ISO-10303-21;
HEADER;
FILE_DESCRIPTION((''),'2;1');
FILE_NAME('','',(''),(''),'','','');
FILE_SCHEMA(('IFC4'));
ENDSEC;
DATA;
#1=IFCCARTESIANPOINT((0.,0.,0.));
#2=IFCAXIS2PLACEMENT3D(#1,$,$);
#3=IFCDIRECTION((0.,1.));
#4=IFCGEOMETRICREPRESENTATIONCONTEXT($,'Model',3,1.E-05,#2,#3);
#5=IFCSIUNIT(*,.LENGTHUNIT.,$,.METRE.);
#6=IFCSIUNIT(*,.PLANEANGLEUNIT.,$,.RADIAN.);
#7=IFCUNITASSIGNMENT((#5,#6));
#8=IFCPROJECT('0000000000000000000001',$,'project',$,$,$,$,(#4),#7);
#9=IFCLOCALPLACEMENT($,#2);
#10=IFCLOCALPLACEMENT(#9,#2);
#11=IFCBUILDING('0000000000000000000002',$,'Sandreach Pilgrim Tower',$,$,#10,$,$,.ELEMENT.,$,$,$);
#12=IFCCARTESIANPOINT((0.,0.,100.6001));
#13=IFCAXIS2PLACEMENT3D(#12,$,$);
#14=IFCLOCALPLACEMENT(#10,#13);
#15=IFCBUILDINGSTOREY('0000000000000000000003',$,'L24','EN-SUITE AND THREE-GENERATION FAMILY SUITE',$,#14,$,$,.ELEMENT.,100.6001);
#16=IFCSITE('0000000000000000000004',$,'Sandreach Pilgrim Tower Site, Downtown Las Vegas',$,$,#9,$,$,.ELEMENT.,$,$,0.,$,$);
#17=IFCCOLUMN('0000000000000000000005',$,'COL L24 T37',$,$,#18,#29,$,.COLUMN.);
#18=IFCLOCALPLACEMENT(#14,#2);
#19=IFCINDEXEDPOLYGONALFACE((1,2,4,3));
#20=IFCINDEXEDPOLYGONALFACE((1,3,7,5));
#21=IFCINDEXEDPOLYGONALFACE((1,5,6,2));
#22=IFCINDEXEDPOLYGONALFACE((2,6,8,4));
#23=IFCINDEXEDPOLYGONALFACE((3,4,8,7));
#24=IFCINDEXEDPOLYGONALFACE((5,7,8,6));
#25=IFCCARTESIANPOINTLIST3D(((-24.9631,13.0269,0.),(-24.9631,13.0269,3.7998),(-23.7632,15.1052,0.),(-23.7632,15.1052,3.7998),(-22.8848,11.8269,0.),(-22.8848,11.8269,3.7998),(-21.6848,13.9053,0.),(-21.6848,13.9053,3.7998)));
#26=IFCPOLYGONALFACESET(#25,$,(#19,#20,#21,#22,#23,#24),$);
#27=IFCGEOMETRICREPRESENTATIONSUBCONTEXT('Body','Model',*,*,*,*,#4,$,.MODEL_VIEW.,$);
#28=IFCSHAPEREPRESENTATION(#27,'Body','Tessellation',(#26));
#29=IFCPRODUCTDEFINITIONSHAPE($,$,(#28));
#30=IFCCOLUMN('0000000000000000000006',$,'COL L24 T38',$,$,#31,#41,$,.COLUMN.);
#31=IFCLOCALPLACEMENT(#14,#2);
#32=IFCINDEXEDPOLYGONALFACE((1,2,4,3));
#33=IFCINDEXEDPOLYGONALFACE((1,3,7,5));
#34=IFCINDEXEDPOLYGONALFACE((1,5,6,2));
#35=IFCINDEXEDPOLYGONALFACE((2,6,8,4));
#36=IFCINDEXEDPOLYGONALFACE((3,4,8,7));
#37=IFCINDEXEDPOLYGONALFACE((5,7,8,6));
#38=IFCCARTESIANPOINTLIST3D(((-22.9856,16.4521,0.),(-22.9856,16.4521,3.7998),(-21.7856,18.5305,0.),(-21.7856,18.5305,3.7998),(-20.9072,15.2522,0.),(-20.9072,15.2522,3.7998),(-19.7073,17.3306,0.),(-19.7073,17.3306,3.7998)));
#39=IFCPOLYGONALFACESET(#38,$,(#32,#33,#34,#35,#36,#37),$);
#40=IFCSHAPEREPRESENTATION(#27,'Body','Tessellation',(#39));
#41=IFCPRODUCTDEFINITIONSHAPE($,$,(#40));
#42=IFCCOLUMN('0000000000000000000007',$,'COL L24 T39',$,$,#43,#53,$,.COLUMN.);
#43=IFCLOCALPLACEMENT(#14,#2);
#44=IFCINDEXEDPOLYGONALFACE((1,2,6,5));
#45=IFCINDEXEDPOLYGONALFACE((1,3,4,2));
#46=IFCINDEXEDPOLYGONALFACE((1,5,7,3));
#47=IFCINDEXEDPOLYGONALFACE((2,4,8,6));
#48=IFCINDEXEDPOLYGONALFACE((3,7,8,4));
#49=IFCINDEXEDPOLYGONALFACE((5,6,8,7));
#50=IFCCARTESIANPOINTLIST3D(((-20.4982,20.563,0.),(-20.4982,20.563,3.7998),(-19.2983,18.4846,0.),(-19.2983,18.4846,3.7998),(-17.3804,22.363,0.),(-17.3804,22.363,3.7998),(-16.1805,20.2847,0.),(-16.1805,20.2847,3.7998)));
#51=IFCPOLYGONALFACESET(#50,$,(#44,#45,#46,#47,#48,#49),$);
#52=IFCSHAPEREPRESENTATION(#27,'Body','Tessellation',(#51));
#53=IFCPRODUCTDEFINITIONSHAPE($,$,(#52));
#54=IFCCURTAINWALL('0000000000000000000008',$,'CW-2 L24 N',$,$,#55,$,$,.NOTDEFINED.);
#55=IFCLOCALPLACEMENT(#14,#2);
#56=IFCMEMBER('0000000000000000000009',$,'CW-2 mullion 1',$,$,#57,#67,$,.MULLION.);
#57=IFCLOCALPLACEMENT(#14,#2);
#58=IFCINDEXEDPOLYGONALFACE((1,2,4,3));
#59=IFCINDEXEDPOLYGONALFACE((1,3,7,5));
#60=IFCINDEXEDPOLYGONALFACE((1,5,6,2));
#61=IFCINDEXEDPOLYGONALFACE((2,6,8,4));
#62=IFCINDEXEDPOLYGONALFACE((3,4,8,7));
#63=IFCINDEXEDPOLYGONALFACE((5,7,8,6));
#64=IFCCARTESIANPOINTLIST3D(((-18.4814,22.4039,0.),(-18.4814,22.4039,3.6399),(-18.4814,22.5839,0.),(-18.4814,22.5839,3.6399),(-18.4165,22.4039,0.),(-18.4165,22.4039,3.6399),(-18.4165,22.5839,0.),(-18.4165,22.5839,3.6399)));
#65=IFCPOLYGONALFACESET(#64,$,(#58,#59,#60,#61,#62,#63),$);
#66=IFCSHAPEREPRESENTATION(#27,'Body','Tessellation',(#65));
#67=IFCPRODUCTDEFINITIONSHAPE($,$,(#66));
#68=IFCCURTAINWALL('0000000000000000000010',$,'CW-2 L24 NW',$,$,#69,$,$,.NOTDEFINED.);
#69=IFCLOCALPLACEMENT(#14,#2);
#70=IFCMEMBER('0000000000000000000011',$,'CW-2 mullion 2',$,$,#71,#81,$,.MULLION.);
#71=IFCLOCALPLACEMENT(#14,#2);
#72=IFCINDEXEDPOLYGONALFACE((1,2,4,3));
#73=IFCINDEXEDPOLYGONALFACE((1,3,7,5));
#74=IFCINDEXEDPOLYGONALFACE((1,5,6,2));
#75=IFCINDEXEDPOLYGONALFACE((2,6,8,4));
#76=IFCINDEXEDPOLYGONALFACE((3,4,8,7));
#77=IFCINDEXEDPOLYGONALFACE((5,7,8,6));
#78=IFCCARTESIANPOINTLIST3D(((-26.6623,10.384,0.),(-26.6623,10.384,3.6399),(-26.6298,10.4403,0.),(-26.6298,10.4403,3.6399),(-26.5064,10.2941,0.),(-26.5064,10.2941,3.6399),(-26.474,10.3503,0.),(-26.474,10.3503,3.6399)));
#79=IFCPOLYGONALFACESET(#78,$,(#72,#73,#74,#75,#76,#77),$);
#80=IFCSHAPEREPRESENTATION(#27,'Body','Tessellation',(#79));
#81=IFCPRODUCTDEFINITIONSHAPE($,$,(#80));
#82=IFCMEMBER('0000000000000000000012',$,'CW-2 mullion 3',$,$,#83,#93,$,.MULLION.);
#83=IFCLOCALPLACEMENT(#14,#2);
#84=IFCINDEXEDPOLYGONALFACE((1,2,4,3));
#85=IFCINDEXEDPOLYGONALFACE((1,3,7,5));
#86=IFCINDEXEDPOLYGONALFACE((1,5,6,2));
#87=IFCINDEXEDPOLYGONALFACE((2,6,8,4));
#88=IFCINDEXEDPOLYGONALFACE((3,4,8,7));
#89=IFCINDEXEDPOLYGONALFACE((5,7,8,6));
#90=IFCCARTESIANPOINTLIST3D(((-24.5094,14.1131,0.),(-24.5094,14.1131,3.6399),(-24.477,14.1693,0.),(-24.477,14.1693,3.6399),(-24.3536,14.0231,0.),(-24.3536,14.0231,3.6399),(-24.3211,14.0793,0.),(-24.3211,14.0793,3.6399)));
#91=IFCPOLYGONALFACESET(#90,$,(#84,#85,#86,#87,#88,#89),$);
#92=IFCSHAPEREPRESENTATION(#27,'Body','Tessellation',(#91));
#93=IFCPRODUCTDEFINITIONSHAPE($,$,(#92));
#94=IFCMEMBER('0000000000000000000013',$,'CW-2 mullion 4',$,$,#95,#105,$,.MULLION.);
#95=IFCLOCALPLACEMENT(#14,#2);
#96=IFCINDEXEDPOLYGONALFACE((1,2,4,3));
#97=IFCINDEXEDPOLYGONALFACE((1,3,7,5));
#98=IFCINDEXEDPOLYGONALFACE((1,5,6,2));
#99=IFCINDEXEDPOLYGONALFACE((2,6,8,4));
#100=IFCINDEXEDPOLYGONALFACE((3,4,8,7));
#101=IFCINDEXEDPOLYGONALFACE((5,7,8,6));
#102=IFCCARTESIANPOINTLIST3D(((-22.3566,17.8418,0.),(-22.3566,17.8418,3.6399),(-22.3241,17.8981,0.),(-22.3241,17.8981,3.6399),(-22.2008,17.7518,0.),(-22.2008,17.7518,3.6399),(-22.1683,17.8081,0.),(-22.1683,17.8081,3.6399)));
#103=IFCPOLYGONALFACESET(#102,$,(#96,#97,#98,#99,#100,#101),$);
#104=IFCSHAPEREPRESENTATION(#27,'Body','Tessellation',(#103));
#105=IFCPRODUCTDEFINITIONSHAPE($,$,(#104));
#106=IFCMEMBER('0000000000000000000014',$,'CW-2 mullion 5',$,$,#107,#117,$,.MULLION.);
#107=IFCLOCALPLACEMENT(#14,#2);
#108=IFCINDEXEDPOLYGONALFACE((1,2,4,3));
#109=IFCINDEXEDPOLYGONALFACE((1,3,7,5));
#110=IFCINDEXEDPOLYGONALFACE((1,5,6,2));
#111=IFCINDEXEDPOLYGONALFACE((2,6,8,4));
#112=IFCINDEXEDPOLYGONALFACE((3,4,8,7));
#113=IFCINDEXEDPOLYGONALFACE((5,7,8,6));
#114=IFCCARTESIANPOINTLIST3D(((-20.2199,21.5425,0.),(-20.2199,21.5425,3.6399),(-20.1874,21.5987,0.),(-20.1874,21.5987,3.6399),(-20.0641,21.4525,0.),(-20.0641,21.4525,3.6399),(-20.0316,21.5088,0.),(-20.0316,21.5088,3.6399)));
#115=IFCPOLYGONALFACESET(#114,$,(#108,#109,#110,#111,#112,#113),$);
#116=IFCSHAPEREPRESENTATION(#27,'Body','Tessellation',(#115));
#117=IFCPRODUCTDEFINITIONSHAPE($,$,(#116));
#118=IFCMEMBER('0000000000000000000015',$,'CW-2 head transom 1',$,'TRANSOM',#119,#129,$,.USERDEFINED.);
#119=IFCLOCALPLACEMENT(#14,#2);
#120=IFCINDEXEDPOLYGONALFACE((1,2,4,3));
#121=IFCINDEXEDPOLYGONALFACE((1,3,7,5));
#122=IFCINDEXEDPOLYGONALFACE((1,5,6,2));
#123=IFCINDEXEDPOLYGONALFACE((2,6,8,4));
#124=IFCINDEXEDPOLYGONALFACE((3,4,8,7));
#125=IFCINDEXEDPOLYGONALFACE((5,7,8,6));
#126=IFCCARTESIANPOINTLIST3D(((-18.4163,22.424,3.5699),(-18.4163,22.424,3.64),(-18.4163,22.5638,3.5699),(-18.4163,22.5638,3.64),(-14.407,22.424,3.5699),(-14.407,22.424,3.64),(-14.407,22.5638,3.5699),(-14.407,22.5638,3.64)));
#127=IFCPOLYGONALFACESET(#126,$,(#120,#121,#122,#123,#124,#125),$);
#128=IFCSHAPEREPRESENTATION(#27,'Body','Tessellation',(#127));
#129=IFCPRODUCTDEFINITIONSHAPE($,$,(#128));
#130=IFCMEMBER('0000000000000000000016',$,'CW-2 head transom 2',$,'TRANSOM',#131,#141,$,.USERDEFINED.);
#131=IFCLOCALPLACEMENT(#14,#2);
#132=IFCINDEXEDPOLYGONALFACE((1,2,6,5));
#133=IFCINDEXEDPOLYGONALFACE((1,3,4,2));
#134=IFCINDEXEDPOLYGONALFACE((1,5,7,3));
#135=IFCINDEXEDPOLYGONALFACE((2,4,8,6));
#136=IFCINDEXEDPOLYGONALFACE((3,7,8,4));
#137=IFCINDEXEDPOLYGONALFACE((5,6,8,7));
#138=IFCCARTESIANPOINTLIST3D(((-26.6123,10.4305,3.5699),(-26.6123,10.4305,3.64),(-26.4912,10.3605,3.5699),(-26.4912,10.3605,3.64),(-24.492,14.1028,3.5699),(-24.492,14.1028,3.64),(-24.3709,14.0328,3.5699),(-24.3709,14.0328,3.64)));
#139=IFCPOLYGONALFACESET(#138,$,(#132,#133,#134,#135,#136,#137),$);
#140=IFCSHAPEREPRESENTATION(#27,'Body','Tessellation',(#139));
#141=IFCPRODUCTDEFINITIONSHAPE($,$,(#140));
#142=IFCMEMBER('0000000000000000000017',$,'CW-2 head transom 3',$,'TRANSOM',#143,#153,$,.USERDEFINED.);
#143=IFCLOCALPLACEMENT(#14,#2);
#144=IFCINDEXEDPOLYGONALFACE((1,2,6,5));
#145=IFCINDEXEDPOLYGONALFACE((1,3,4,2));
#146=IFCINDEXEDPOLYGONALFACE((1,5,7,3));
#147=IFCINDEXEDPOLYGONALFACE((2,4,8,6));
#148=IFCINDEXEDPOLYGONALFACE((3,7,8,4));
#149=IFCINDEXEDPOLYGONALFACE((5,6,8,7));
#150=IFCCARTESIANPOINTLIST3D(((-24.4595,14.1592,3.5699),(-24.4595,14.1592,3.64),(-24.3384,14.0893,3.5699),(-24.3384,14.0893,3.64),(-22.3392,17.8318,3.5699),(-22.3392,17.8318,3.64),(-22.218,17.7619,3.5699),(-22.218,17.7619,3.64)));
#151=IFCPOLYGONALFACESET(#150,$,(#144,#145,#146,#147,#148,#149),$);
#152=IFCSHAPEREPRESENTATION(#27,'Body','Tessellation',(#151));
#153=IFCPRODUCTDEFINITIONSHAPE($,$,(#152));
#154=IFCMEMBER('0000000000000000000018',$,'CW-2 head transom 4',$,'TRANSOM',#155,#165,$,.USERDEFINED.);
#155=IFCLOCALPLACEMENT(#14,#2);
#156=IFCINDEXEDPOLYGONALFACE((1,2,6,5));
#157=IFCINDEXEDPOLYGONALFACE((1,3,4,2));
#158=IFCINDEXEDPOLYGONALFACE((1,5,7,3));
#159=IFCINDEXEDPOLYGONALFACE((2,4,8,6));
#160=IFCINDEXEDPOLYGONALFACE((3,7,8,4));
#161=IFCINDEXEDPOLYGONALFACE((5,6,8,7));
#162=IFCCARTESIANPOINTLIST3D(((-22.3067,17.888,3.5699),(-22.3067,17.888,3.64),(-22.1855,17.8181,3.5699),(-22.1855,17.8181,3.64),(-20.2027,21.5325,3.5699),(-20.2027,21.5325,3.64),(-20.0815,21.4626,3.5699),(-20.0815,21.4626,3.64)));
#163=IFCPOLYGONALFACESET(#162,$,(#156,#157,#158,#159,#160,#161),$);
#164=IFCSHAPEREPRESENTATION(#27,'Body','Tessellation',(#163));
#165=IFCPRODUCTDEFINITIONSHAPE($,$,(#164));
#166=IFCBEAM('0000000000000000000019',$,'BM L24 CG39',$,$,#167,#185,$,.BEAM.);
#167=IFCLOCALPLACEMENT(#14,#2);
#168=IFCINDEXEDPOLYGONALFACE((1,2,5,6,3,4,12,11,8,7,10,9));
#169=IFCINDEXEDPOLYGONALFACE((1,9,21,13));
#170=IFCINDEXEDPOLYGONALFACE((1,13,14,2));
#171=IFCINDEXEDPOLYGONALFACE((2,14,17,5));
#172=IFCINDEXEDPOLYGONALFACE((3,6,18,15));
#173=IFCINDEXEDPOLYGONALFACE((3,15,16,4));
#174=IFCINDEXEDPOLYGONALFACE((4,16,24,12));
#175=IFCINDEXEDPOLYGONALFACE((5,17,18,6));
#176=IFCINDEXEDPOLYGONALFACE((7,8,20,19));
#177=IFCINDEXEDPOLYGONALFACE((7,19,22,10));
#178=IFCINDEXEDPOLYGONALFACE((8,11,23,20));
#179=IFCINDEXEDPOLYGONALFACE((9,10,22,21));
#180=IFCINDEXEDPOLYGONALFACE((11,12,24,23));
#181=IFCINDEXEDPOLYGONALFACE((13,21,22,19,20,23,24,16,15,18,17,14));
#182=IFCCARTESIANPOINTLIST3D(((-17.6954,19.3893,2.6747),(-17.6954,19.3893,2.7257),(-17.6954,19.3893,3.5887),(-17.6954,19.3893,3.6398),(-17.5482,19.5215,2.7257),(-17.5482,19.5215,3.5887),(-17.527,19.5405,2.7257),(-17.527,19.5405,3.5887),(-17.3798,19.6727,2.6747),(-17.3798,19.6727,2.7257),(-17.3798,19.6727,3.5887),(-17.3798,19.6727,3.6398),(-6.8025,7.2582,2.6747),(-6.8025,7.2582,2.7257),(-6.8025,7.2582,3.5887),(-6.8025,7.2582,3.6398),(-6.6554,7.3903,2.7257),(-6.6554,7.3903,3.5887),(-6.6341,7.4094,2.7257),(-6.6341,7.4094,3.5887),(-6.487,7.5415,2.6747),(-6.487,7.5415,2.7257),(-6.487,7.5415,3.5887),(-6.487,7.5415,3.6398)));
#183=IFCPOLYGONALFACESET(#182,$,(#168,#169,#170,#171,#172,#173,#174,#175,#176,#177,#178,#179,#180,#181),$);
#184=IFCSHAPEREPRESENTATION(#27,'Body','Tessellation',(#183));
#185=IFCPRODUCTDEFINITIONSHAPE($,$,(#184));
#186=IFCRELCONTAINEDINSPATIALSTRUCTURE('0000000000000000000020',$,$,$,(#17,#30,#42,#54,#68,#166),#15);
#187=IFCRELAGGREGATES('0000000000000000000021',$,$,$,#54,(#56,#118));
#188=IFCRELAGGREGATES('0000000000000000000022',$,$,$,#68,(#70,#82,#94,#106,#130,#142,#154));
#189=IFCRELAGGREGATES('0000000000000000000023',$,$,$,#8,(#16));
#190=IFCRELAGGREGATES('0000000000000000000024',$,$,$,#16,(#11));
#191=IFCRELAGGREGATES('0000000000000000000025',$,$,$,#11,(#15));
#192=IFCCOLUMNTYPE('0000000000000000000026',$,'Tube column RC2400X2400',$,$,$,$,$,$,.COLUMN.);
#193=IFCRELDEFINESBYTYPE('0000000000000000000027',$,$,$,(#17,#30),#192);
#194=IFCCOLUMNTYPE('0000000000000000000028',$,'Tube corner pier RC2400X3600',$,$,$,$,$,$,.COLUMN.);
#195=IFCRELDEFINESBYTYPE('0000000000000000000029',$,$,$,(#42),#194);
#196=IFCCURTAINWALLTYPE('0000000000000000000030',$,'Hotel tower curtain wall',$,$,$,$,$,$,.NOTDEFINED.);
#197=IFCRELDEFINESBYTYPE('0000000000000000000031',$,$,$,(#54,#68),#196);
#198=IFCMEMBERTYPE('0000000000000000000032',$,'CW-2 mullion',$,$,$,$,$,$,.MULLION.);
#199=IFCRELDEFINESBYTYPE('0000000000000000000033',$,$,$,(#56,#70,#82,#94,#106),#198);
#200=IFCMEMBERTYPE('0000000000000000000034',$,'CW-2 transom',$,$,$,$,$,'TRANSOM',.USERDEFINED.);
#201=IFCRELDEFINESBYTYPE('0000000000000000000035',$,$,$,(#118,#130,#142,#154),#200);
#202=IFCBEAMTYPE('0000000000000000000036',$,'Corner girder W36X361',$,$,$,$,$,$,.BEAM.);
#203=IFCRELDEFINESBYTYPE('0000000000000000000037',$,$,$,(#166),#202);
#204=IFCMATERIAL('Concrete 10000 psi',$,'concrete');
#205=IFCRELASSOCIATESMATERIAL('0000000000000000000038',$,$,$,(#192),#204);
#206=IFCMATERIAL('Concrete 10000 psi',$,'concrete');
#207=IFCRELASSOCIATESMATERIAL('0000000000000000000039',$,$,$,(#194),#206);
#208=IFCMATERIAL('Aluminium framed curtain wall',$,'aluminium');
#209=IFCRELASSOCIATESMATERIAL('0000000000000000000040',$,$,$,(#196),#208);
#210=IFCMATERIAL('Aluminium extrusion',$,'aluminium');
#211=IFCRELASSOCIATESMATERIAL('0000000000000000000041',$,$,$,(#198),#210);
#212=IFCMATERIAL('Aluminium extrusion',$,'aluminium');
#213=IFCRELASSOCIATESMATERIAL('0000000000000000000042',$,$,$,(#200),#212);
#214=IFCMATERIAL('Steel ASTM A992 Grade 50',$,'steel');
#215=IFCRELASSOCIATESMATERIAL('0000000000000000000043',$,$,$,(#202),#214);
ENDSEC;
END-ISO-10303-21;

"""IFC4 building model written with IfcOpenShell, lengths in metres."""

from ifc_helpers import new_model, si_unit, direction, frame, origin, origin_2d, place, context, subcontext, project, spatial, rectangle, i_section, extrude, material, material_profile, profile_set, type_object, element, aggregate, save


model = new_model("IFC4")

# Units and contexts
model_context = context("Model", 3, precision=1e-05, world=origin(), true_north=direction((0.0, 1.0)))
body_context = subcontext(model_context, "Body", "Model", "MODEL_VIEW")
ifc_project = project(units=[si_unit("LENGTHUNIT", "METRE"), si_unit("PLANEANGLEUNIT", "RADIAN")], contexts=[model_context])

# Site, building, storey
site_placement = place(None, origin())
site = spatial("IfcSite", under=ifc_project, at=site_placement, Name="Sandreach Pilgrim Tower Site, Downtown Las Vegas", CompositionType="ELEMENT", RefElevation=0.0)
building_placement = place(site_placement, origin())
building = spatial("IfcBuilding", under=site, at=building_placement, Name="Sandreach Pilgrim Tower", CompositionType="ELEMENT")
storey_placement = place(building_placement, frame((0.0, 0.0, 100.6001)))
storey = spatial("IfcBuildingStorey", under=building, at=storey_placement, Name="L24", Description="EN-SUITE AND THREE-GENERATION FAMILY SUITE", CompositionType="ELEMENT", Elevation=100.6001)

# Columns
ifc_material_1 = material(Name="Concrete 10000 psi", Category="concrete")
ifc_material_profile_1 = material_profile(ifc_material_1, rectangle(XDim=2.3999, YDim=2.3999, at=origin_2d()), Name="RC2400X2400")
ifc_profile_set_1 = profile_set([ifc_material_profile_1], Name="Concrete 10000 psi")
column_type_1 = type_object("IfcColumnType", Name="Tube column RC2400X2400", PredefinedType="COLUMN", material=ifc_profile_set_1)
for number, where, z_axis, x_axis, name in (
    (1, (-23.324, 13.4661, 0.0), (0.0, 0.0, 1.0), (-0.866025, 0.5, 0.0), "COL L24 T37"),
    (2, (-21.3464, 16.8914, 0.0), (0.0, 0.0, 1.0), (-0.866025, 0.5, 0.0), "COL L24 T38"),
):
    element("IfcColumn", number, at=place(storey_placement, frame(where, z_axis=z_axis, x_axis=x_axis)), inside=storey, type_object=column_type_1, Name=name, PredefinedType="COLUMN", context=body_context, shape_type="SweptSolid", body=[
        extrude(rectangle(XDim=2.3999, YDim=2.3999, at=origin_2d()), origin(), (0.0, 0.0, 1.0), 3.7998),
    ])
ifc_material_2 = material(Name="Concrete 10000 psi", Category="concrete")
ifc_material_profile_2 = material_profile(ifc_material_2, rectangle(XDim=2.3999, YDim=3.6001, at=origin_2d()), Name="RC2400X3600")
ifc_profile_set_2 = profile_set([ifc_material_profile_2], Name="Concrete 10000 psi")
column_type_2 = type_object("IfcColumnType", Name="Tube corner pier RC2400X3600", PredefinedType="COLUMN", material=ifc_profile_set_2)
column_placement = place(storey_placement, frame((-18.3394, 20.4238, 0.0), z_axis=(0.0, 0.0, 1.0), x_axis=(-0.5, 0.866025, 0.0)))
element("IfcColumn", 3, at=column_placement, inside=storey, type_object=column_type_2, Name="COL L24 T39", PredefinedType="COLUMN", context=body_context, shape_type="SweptSolid", body=[
    extrude(rectangle(XDim=2.3999, YDim=3.6001, at=origin_2d()), origin(), (0.0, 0.0, 1.0), 3.7998),
])

# Curtain wall, member
ifc_material_3 = material(Name="Aluminium framed curtain wall", Category="aluminium")
curtain_wall_type = type_object("IfcCurtainWallType", Name="Hotel tower curtain wall", PredefinedType="NOTDEFINED", material=ifc_material_3)
curtain_wall_1_placement = place(storey_placement, origin())
curtain_wall_1 = element("IfcCurtainWall", 4, at=curtain_wall_1_placement, inside=storey, type_object=curtain_wall_type, Name="CW-2 L24 N", PredefinedType="NOTDEFINED")
ifc_material_4 = material(Name="Aluminium extrusion", Category="aluminium")
ifc_material_profile_3 = material_profile(ifc_material_4, rectangle(XDim=0.0649, YDim=0.1799, at=origin_2d()), Name="CW-2M 65X180")
ifc_profile_set_3 = profile_set([ifc_material_profile_3], Name="Aluminium extrusion")
member_type_1 = type_object("IfcMemberType", Name="CW-2 mullion", PredefinedType="MULLION", material=ifc_profile_set_3)
member_1_placement = place(storey_placement, frame((-18.449, 22.4939, 0.0), z_axis=(0.0, 0.0, 1.0), x_axis=(1.0, 0.0, 0.0)))
member_1 = element("IfcMember", 5, at=member_1_placement, type_object=member_type_1, Name="CW-2 mullion 1", PredefinedType="MULLION", context=body_context, shape_type="SweptSolid", body=[
    extrude(rectangle(XDim=0.0649, YDim=0.1799, at=origin_2d()), origin(), (0.0, 0.0, 1.0), 3.6399),
])

# Curtain wall, members
curtain_wall_2_placement = place(storey_placement, origin())
curtain_wall_2 = element("IfcCurtainWall", 6, at=curtain_wall_2_placement, inside=storey, type_object=curtain_wall_type, Name="CW-2 L24 NW", PredefinedType="NOTDEFINED")
member_2_placement = place(storey_placement, frame((-26.5681, 10.3672, 0.0), z_axis=(0.0, 0.0, 1.0), x_axis=(0.5, 0.866025, 0.0)))
member_2 = element("IfcMember", 7, at=member_2_placement, type_object=member_type_1, Name="CW-2 mullion 2", PredefinedType="MULLION", context=body_context, shape_type="SweptSolid", body=[
    extrude(rectangle(XDim=0.0649, YDim=0.1799, at=origin_2d()), origin(), (0.0, 0.0, 1.0), 3.6399),
])
member_3_placement = place(storey_placement, frame((-24.4153, 14.0962, 0.0), z_axis=(0.0, 0.0, 1.0), x_axis=(0.5, 0.866025, 0.0)))
member_3 = element("IfcMember", 8, at=member_3_placement, type_object=member_type_1, Name="CW-2 mullion 3", PredefinedType="MULLION", context=body_context, shape_type="SweptSolid", body=[
    extrude(rectangle(XDim=0.0649, YDim=0.1799, at=origin_2d()), origin(), (0.0, 0.0, 1.0), 3.6399),
])
member_4_placement = place(storey_placement, frame((-22.2625, 17.825, 0.0), z_axis=(0.0, 0.0, 1.0), x_axis=(0.5, 0.866025, 0.0)))
member_4 = element("IfcMember", 9, at=member_4_placement, type_object=member_type_1, Name="CW-2 mullion 4", PredefinedType="MULLION", context=body_context, shape_type="SweptSolid", body=[
    extrude(rectangle(XDim=0.0649, YDim=0.1799, at=origin_2d()), origin(), (0.0, 0.0, 1.0), 3.6399),
])
member_5_placement = place(storey_placement, frame((-20.1257, 21.5256, 0.0), z_axis=(0.0, 0.0, 1.0), x_axis=(0.5, 0.866025, 0.0)))
member_5 = element("IfcMember", 10, at=member_5_placement, type_object=member_type_1, Name="CW-2 mullion 5", PredefinedType="MULLION", context=body_context, shape_type="SweptSolid", body=[
    extrude(rectangle(XDim=0.0649, YDim=0.1799, at=origin_2d()), origin(), (0.0, 0.0, 1.0), 3.6399),
])

# Members
ifc_material_5 = material(Name="Aluminium extrusion", Category="aluminium")
ifc_material_profile_4 = material_profile(ifc_material_5, rectangle(XDim=0.1399, YDim=0.0701, at=origin_2d()), Name="CW-2T 140X70")
ifc_profile_set_4 = profile_set([ifc_material_profile_4], Name="Aluminium extrusion")
member_type_2 = type_object("IfcMemberType", Name="CW-2 transom", ElementType="TRANSOM", PredefinedType="USERDEFINED", material=ifc_profile_set_4)
member_6_placement = place(storey_placement, frame((-18.4163, 22.4939, 3.605), z_axis=(1.0, 0.0, 0.0), x_axis=(0.0, 1.0, 0.0)))
member_6 = element("IfcMember", 11, at=member_6_placement, type_object=member_type_2, Name="CW-2 head transom 1", ObjectType="TRANSOM", PredefinedType="USERDEFINED", context=body_context, shape_type="SweptSolid", body=[
    extrude(rectangle(XDim=0.1399, YDim=0.0701, at=origin_2d()), origin(), (0.0, 0.0, 1.0), 4.0093),
])
member_7_placement = place(storey_placement, frame((-26.5518, 10.3955, 3.605), z_axis=(0.500021, 0.866013, 0.0), x_axis=(-0.866013, 0.500021, 0.0)))
member_7 = element("IfcMember", 12, at=member_7_placement, type_object=member_type_2, Name="CW-2 head transom 2", ObjectType="TRANSOM", PredefinedType="USERDEFINED", context=body_context, shape_type="SweptSolid", body=[
    extrude(rectangle(XDim=0.1399, YDim=0.0701, at=origin_2d()), origin(), (0.0, 0.0, 1.0), 4.2405),
])
member_8_placement = place(storey_placement, frame((-24.3989, 14.1243, 3.605), z_axis=(0.499997, 0.866027, 0.0), x_axis=(-0.866027, 0.499997, 0.0)))
member_8 = element("IfcMember", 13, at=member_8_placement, type_object=member_type_2, Name="CW-2 head transom 3", ObjectType="TRANSOM", PredefinedType="USERDEFINED", context=body_context, shape_type="SweptSolid", body=[
    extrude(rectangle(XDim=0.1399, YDim=0.0701, at=origin_2d()), origin(), (0.0, 0.0, 1.0), 4.2407),
])
member_9_placement = place(storey_placement, frame((-22.2461, 17.853, 3.605), z_axis=(0.49997, 0.866043, 0.0), x_axis=(-0.866043, 0.49997, 0.0)))
member_9 = element("IfcMember", 14, at=member_9_placement, type_object=member_type_2, Name="CW-2 head transom 4", ObjectType="TRANSOM", PredefinedType="USERDEFINED", context=body_context, shape_type="SweptSolid", body=[
    extrude(rectangle(XDim=0.1399, YDim=0.0701, at=origin_2d()), origin(), (0.0, 0.0, 1.0), 4.2083),
])

# Beam
ifc_material_6 = material(Name="Steel ASTM A992 Grade 50", Category="steel")
ifc_material_profile_5 = material_profile(ifc_material_6, i_section(OverallWidth=0.4241, OverallDepth=0.9651, WebThickness=0.0286, FlangeThickness=0.051, at=origin_2d()), Name="W36X361")
ifc_profile_set_5 = profile_set([ifc_material_profile_5], Name="Steel ASTM A992 Grade 50")
beam_type_1 = type_object("IfcBeamType", Name="Corner girder W36X361", PredefinedType="BEAM", material=ifc_profile_set_5)
beam_1_placement = place(storey_placement, frame((-17.5376, 19.531, 3.1572), z_axis=(0.668111, -0.744061, 0.0), x_axis=(0.744061, 0.668111, 0.0)))
element("IfcBeam", 15, at=beam_1_placement, inside=storey, type_object=beam_type_1, Name="BM L24 CG39", PredefinedType="BEAM", context=body_context, shape_type="SweptSolid", body=[
    extrude(i_section(OverallWidth=0.4241, OverallDepth=0.9651, WebThickness=0.0286, FlangeThickness=0.051, at=origin_2d()), origin(), (0.0, 0.0, 1.0), 16.304),
])

aggregate(curtain_wall_1, [member_1, member_6])
aggregate(curtain_wall_2, [member_2, member_3, member_4, member_5, member_7, member_8, member_9])

save(model, "model.ifc")
